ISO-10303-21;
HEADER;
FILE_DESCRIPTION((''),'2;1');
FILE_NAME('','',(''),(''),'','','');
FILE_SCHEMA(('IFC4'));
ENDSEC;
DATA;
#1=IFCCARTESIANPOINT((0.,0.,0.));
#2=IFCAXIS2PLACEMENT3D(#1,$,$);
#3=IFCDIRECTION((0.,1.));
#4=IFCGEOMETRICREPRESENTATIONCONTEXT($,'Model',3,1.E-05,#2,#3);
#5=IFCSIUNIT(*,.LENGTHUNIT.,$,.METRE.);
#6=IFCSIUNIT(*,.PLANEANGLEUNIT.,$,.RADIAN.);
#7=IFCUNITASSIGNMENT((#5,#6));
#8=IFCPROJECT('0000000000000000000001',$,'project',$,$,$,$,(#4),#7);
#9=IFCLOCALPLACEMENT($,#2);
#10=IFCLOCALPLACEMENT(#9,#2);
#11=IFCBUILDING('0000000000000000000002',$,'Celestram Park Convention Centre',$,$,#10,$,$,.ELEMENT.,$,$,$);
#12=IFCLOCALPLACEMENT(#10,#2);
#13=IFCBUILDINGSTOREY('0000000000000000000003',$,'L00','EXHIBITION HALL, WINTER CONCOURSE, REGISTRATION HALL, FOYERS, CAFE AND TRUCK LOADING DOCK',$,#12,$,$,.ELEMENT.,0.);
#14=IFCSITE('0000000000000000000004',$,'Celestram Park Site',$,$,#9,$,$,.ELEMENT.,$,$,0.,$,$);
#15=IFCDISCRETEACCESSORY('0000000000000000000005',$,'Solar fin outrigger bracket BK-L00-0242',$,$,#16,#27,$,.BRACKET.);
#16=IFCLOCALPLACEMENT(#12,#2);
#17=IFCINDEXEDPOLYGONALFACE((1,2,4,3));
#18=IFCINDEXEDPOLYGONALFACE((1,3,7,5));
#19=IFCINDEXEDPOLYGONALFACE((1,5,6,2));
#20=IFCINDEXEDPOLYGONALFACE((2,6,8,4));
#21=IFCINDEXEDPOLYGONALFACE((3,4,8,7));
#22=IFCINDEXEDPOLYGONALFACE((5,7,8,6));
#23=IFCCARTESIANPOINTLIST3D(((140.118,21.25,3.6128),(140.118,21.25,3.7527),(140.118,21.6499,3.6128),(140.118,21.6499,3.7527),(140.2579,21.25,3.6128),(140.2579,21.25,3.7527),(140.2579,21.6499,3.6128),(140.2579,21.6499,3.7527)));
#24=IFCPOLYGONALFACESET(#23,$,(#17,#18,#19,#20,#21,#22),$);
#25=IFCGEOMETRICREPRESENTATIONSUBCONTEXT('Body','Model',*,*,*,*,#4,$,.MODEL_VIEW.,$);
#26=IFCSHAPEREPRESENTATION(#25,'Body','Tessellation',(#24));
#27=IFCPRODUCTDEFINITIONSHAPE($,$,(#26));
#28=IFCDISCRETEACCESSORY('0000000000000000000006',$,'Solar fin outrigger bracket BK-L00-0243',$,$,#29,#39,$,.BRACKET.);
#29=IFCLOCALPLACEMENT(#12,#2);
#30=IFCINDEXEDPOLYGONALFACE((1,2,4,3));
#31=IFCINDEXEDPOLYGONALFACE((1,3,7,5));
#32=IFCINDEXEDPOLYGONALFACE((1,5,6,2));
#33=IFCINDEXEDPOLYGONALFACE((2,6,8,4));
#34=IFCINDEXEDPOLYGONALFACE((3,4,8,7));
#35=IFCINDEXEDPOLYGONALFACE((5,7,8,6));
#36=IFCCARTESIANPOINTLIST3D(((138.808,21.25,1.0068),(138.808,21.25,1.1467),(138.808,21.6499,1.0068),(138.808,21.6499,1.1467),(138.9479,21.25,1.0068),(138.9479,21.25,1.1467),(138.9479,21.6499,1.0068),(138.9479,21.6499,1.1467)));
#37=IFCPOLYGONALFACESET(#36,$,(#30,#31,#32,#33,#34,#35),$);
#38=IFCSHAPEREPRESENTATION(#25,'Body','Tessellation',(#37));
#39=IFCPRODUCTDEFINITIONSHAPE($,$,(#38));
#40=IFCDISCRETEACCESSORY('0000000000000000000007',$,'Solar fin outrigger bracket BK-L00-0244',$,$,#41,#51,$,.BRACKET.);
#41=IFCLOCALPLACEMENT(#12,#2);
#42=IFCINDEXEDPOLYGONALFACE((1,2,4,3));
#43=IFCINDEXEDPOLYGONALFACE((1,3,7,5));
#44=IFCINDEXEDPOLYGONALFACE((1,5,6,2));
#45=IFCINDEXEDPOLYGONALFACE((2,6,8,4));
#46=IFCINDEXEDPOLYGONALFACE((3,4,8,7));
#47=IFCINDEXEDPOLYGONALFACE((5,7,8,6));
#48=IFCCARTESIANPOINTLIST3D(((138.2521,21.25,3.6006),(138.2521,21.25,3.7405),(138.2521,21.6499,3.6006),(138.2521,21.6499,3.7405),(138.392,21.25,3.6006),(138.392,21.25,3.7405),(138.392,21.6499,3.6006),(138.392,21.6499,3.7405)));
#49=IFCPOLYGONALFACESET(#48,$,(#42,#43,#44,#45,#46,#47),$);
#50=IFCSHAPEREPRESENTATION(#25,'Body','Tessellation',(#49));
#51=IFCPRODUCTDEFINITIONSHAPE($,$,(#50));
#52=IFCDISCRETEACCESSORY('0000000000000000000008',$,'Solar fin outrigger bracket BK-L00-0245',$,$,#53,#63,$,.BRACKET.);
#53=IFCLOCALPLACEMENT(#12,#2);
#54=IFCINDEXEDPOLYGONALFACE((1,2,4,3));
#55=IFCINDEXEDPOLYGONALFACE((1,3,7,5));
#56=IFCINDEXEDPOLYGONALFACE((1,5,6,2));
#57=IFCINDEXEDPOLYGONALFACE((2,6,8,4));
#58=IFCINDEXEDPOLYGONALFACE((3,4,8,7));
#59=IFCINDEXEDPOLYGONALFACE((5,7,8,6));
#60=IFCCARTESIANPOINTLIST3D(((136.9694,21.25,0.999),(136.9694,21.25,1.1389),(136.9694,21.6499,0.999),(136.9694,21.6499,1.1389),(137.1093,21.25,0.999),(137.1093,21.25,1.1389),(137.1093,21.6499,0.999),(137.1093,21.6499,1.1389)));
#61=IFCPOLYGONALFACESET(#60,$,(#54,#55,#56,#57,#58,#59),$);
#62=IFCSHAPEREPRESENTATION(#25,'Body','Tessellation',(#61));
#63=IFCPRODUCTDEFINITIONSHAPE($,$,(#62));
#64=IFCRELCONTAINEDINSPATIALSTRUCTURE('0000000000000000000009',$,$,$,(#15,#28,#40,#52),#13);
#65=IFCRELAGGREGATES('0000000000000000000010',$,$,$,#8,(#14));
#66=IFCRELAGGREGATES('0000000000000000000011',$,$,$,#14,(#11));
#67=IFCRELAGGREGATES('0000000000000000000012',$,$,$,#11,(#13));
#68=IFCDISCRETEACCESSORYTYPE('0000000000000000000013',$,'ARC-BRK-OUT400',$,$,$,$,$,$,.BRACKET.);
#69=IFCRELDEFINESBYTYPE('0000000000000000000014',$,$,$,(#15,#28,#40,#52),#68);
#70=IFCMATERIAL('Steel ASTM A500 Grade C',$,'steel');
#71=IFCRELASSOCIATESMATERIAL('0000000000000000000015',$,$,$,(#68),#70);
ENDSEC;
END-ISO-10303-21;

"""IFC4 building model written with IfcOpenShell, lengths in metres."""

from ifc_helpers import new_model, si_unit, direction, frame, origin, origin_2d, place, context, subcontext, project, spatial, rectangle, extrude, material, type_object, element, save


model = new_model("IFC4")

# Units and contexts
model_context = context("Model", 3, precision=1e-05, world=origin(), true_north=direction((0.0, 1.0)))
body_context = subcontext(model_context, "Body", "Model", "MODEL_VIEW")
ifc_project = project(units=[si_unit("LENGTHUNIT", "METRE"), si_unit("PLANEANGLEUNIT", "RADIAN")], contexts=[model_context])

# Site, building, storey
site_placement = place(None, origin())
site = spatial("IfcSite", under=ifc_project, at=site_placement, Name="Celestram Park Site", CompositionType="ELEMENT", RefElevation=0.0)
building_placement = place(site_placement, origin())
building = spatial("IfcBuilding", under=site, at=building_placement, Name="Celestram Park Convention Centre", CompositionType="ELEMENT")
storey_placement = place(building_placement, origin())
storey = spatial("IfcBuildingStorey", under=building, at=storey_placement, Name="L00", Description="EXHIBITION HALL, WINTER CONCOURSE, REGISTRATION HALL, FOYERS, CAFE AND TRUCK LOADING DOCK", CompositionType="ELEMENT", Elevation=0.0)

# Discrete accessories
ifc_material_1 = material(Name="Steel ASTM A500 Grade C", Category="steel")
discrete_accessory_type = type_object("IfcDiscreteAccessoryType", Name="ARC-BRK-OUT400", PredefinedType="BRACKET", material=ifc_material_1)
for number, where, z_axis, x_axis, name in (
    (1, (140.188, 21.45, 3.6128), (0.0, 0.0, 1.0), (0.0, -1.0, 0.0), "Solar fin outrigger bracket BK-L00-0242"),
    (2, (138.8779, 21.45, 1.0068), (0.0, 0.0, 1.0), (0.0, -1.0, 0.0), "Solar fin outrigger bracket BK-L00-0243"),
    (3, (138.322, 21.45, 3.6006), (0.0, 0.0, 1.0), (0.0, -1.0, 0.0), "Solar fin outrigger bracket BK-L00-0244"),
    (4, (137.0393, 21.45, 0.999), (0.0, 0.0, 1.0), (0.0, -1.0, 0.0), "Solar fin outrigger bracket BK-L00-0245"),
):
    element("IfcDiscreteAccessory", number, at=place(storey_placement, frame(where, z_axis=z_axis, x_axis=x_axis)), inside=storey, type_object=discrete_accessory_type, Name=name, PredefinedType="BRACKET", context=body_context, shape_type="SweptSolid", body=[
        extrude(rectangle(XDim=0.3999, YDim=0.1399, at=origin_2d()), origin(), (0.0, 0.0, 1.0), 0.1399),
    ])

save(model, "model.ifc")
